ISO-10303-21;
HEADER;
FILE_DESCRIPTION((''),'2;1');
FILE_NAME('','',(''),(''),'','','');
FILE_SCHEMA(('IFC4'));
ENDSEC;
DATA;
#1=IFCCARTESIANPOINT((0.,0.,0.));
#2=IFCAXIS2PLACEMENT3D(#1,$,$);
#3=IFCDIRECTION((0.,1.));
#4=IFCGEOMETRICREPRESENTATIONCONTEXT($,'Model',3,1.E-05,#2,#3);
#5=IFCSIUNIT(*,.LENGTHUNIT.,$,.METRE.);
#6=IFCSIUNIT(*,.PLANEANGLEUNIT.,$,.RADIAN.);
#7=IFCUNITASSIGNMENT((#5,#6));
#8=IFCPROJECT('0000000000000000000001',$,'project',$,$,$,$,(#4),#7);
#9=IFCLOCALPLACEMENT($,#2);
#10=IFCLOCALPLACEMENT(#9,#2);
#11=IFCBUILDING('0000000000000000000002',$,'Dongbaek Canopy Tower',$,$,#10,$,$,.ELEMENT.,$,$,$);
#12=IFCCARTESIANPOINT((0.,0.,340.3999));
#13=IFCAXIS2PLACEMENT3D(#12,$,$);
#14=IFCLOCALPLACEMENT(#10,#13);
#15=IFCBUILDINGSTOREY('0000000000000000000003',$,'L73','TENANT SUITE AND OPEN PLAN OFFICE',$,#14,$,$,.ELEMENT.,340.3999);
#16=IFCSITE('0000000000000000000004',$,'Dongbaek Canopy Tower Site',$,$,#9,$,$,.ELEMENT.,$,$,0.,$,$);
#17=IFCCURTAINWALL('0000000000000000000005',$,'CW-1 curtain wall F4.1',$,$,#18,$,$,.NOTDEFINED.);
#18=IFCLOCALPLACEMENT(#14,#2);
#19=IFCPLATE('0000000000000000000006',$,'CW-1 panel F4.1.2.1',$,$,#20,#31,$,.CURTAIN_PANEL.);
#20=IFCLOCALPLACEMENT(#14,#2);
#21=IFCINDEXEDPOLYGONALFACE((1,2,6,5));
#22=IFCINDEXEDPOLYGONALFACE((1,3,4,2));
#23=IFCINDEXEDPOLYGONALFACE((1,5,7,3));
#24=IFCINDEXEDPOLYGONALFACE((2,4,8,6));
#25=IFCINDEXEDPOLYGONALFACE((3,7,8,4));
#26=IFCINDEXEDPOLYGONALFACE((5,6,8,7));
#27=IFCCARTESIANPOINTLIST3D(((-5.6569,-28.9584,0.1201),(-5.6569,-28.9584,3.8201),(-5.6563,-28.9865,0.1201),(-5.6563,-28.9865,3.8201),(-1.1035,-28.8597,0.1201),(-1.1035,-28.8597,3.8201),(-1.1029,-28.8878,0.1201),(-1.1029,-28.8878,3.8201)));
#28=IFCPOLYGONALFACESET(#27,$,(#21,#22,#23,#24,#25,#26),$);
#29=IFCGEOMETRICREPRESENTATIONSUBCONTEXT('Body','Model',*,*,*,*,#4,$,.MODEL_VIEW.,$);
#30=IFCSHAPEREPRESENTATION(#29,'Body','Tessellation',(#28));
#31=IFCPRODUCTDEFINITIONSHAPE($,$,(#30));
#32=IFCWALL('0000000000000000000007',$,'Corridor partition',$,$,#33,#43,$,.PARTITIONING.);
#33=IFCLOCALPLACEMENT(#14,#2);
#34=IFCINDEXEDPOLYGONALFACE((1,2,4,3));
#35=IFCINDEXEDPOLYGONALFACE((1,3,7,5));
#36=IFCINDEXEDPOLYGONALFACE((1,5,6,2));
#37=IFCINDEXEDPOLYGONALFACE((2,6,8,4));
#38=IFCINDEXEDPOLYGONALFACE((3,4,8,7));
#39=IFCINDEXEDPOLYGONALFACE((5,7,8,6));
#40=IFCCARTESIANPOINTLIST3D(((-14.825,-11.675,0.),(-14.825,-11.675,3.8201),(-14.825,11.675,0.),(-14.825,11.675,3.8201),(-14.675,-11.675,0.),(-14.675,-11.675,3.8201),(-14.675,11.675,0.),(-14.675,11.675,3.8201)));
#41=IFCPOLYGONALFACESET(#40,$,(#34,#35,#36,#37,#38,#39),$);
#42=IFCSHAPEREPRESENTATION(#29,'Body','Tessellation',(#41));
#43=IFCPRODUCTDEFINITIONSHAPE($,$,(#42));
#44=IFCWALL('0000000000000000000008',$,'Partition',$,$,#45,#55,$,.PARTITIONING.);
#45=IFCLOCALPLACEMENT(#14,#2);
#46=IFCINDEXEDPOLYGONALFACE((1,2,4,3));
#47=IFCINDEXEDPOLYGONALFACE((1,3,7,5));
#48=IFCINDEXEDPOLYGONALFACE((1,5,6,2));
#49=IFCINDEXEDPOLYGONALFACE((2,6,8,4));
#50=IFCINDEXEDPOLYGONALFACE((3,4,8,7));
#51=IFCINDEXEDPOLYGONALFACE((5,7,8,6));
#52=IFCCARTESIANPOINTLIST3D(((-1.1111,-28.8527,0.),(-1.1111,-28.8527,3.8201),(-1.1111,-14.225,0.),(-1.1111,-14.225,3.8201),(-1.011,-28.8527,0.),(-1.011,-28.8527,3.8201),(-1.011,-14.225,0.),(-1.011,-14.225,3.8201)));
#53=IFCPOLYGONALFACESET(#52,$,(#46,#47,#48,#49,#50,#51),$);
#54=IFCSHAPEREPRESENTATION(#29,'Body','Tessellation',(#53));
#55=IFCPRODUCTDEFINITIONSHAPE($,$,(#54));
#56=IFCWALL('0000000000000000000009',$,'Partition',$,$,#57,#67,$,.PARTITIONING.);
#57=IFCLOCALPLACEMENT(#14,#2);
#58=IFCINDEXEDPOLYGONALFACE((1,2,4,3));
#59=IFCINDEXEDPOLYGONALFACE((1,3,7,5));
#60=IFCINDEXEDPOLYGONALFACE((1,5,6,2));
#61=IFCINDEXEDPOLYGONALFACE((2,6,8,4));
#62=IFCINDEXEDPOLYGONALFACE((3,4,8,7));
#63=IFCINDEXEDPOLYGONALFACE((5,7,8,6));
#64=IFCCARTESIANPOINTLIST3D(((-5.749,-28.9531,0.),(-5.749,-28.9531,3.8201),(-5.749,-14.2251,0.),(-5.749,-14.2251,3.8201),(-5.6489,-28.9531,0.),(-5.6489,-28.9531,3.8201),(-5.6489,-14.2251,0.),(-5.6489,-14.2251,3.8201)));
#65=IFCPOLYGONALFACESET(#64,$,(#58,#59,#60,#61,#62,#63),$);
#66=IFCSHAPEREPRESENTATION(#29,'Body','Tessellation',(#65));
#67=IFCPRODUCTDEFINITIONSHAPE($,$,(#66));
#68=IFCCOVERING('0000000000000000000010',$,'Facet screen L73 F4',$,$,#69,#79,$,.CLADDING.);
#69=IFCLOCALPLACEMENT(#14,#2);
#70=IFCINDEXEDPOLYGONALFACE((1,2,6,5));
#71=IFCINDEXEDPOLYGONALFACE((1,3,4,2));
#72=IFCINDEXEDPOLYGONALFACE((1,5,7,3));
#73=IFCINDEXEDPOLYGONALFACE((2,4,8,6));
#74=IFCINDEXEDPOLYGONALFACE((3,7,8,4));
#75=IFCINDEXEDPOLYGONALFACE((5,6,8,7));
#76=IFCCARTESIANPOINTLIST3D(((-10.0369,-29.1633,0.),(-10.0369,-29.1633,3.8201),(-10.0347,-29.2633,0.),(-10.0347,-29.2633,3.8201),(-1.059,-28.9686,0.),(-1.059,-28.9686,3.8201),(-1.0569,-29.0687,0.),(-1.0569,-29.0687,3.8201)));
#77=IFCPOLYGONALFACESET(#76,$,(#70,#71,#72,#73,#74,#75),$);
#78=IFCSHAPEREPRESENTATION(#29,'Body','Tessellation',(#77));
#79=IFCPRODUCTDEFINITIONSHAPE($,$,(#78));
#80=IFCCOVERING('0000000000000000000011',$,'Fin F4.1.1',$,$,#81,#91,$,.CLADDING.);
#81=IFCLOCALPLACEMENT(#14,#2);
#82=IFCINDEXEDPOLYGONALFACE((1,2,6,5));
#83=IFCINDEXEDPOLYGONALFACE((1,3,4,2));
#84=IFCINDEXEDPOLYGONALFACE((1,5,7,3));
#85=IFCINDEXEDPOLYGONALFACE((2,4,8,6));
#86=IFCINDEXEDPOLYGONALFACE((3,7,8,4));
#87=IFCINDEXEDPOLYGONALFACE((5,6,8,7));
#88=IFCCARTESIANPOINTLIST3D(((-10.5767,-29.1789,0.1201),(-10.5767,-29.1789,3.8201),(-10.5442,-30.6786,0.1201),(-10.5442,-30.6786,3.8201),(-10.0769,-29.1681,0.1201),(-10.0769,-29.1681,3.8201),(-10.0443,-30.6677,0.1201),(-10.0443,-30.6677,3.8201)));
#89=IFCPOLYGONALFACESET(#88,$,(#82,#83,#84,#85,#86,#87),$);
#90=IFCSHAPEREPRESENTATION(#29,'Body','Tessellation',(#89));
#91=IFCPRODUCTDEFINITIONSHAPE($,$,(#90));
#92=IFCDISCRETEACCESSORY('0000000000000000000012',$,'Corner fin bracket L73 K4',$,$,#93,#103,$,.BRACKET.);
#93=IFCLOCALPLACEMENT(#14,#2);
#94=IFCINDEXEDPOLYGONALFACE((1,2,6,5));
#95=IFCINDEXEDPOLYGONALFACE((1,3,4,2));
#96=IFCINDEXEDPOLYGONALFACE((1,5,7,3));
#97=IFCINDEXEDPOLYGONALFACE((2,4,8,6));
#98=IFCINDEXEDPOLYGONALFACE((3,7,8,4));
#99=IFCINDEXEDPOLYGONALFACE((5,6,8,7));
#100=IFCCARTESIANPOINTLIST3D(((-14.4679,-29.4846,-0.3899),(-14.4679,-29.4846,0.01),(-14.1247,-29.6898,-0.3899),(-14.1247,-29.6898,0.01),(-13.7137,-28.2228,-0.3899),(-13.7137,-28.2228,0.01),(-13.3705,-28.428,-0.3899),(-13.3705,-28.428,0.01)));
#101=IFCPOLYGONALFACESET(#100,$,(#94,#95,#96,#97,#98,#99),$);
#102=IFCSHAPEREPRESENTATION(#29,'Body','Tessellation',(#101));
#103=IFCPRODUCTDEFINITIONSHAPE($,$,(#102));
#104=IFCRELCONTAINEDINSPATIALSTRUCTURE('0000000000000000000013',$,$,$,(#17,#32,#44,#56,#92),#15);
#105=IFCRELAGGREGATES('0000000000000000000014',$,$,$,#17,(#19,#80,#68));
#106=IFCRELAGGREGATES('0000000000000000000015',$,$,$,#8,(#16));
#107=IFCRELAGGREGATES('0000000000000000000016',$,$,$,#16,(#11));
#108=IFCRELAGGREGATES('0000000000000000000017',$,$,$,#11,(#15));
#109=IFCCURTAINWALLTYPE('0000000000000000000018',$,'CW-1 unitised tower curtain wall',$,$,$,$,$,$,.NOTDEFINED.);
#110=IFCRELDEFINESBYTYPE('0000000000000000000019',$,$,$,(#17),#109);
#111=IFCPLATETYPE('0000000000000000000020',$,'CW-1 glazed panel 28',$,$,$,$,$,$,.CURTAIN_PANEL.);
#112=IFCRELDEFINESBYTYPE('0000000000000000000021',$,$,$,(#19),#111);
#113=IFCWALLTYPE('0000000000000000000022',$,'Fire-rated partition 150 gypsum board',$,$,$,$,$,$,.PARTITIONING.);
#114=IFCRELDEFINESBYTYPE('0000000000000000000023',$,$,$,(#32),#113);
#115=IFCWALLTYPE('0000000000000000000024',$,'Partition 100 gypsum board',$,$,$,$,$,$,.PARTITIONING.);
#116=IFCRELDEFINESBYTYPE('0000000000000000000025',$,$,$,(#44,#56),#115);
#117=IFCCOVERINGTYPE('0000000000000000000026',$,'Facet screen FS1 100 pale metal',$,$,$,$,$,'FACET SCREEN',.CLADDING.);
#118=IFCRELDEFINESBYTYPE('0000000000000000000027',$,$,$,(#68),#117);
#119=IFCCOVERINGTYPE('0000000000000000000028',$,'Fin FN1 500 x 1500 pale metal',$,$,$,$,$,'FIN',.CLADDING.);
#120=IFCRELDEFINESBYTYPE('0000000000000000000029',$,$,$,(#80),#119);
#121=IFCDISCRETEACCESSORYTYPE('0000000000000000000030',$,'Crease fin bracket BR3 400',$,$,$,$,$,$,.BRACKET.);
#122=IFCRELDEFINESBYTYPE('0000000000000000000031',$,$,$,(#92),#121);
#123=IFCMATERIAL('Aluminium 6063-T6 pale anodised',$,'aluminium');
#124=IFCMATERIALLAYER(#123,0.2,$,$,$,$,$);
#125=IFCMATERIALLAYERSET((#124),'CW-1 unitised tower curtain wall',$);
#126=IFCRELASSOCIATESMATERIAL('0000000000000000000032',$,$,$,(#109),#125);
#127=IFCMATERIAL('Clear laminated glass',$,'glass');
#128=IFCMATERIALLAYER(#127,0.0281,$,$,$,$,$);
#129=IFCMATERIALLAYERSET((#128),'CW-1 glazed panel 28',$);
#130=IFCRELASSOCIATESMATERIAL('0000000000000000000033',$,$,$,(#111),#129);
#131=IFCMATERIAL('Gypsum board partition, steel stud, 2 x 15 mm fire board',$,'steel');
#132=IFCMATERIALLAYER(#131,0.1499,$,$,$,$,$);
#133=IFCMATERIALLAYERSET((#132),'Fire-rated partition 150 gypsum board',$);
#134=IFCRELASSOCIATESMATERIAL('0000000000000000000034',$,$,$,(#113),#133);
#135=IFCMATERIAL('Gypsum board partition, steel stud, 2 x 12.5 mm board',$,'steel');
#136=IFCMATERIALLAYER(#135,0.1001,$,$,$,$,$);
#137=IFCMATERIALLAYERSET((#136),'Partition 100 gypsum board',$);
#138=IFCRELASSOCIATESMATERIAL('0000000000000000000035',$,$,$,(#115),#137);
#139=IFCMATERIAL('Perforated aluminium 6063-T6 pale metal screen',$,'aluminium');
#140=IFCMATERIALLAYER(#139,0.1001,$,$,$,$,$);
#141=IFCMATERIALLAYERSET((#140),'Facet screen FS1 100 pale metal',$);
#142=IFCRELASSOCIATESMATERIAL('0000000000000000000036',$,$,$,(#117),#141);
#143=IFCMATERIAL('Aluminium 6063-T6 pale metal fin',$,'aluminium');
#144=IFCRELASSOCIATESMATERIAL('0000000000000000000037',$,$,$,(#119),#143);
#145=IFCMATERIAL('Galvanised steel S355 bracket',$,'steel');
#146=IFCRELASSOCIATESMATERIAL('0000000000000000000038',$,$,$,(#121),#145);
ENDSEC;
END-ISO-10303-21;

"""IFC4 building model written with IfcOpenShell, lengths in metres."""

from ifc_helpers import new_model, si_unit, direction, frame, frame_2d, origin, origin_2d, place, context, subcontext, project, spatial, rectangle, extrude, material, layer, layer_set, material_profile, profile_set, type_object, element, aggregate, save


model = new_model("IFC4")

# Units and contexts
model_context = context("Model", 3, precision=1e-05, world=origin(), true_north=direction((0.0, 1.0)))
body_context = subcontext(model_context, "Body", "Model", "MODEL_VIEW")
ifc_project = project(units=[si_unit("LENGTHUNIT", "METRE"), si_unit("PLANEANGLEUNIT", "RADIAN")], contexts=[model_context])

# Site, building, storey
site_placement = place(None, origin())
site = spatial("IfcSite", under=ifc_project, at=site_placement, Name="Dongbaek Canopy Tower Site", CompositionType="ELEMENT", RefElevation=0.0)
building_placement = place(site_placement, origin())
building = spatial("IfcBuilding", under=site, at=building_placement, Name="Dongbaek Canopy Tower", CompositionType="ELEMENT")
storey_placement = place(building_placement, frame((0.0, 0.0, 340.3999)))
storey = spatial("IfcBuildingStorey", under=building, at=storey_placement, Name="L73", Description="TENANT SUITE AND OPEN PLAN OFFICE", CompositionType="ELEMENT", Elevation=340.3999)

# Curtain wall
ifc_material_1 = material(Name="Aluminium 6063-T6 pale anodised", Category="aluminium")
ifc_layer_1 = layer(ifc_material_1, 0.2)
ifc_layer_set_1 = layer_set([ifc_layer_1], Name="CW-1 unitised tower curtain wall")
curtain_wall_type = type_object("IfcCurtainWallType", Name="CW-1 unitised tower curtain wall", PredefinedType="NOTDEFINED", material=ifc_layer_set_1)
curtain_wall_1_placement = place(storey_placement, origin())
curtain_wall_1 = element("IfcCurtainWall", 1, at=curtain_wall_1_placement, inside=storey, type_object=curtain_wall_type, Name="CW-1 curtain wall F4.1", PredefinedType="NOTDEFINED")

# Plate
ifc_material_2 = material(Name="Clear laminated glass", Category="glass")
ifc_layer_2 = layer(ifc_material_2, 0.0281)
ifc_layer_set_2 = layer_set([ifc_layer_2], Name="CW-1 glazed panel 28")
plate_type = type_object("IfcPlateType", Name="CW-1 glazed panel 28", PredefinedType="CURTAIN_PANEL", material=ifc_layer_set_2)
plate_1_placement = place(storey_placement, frame((-3.3799, -28.9231, 0.1201), z_axis=(0.0, 0.0, 1.0), x_axis=(0.999765, 0.021676, 0.0)))
plate_1 = element("IfcPlate", 2, at=plate_1_placement, type_object=plate_type, Name="CW-1 panel F4.1.2.1", PredefinedType="CURTAIN_PANEL", context=body_context, shape_type="SweptSolid", body=[
    extrude(rectangle(XDim=4.5544, YDim=0.0281, at=origin_2d()), origin(), (0.0, 0.0, 1.0), 3.7),
])

# Walls
ifc_material_3 = material(Name="Gypsum board partition, steel stud, 2 x 15 mm fire board", Category="steel")
ifc_layer_3 = layer(ifc_material_3, 0.1499)
ifc_layer_set_3 = layer_set([ifc_layer_3], Name="Fire-rated partition 150 gypsum board")
wall_type_1 = type_object("IfcWallType", Name="Fire-rated partition 150 gypsum board", PredefinedType="PARTITIONING", material=ifc_layer_set_3)
wall_1_placement = place(storey_placement, frame((-14.75, -11.675, 0.0), z_axis=(0.0, 0.0, 1.0), x_axis=(0.0, 1.0, 0.0)))
element("IfcWall", 3, at=wall_1_placement, inside=storey, type_object=wall_type_1, Name="Corridor partition", PredefinedType="PARTITIONING", context=body_context, shape_type="SweptSolid", body=[
    extrude(rectangle(XDim=23.3501, YDim=0.1499, at=frame_2d((11.675, 0.0))), origin(), (0.0, 0.0, 1.0), 3.8201),
])
ifc_material_4 = material(Name="Gypsum board partition, steel stud, 2 x 12.5 mm board", Category="steel")
ifc_layer_4 = layer(ifc_material_4, 0.1001)
ifc_layer_set_4 = layer_set([ifc_layer_4], Name="Partition 100 gypsum board")
wall_type_2 = type_object("IfcWallType", Name="Partition 100 gypsum board", PredefinedType="PARTITIONING", material=ifc_layer_set_4)
wall_2_placement = place(storey_placement, frame((-1.061, -28.8528, 0.0), z_axis=(0.0, 0.0, 1.0), x_axis=(0.0, 1.0, 0.0)))
element("IfcWall", 4, at=wall_2_placement, inside=storey, type_object=wall_type_2, Name="Partition", PredefinedType="PARTITIONING", context=body_context, shape_type="SweptSolid", body=[
    extrude(rectangle(XDim=14.6277, YDim=0.1001, at=frame_2d((7.314, 0.0))), origin(), (0.0, 0.0, 1.0), 3.8201),
])
wall_3_placement = place(storey_placement, frame((-5.699, -28.9531, 0.0), z_axis=(0.0, 0.0, 1.0), x_axis=(0.0, 1.0, 0.0)))
element("IfcWall", 5, at=wall_3_placement, inside=storey, type_object=wall_type_2, Name="Partition", PredefinedType="PARTITIONING", context=body_context, shape_type="SweptSolid", body=[
    extrude(rectangle(XDim=14.728, YDim=0.1001, at=frame_2d((7.364, 0.0))), origin(), (0.0, 0.0, 1.0), 3.8201),
])

# Coverings
ifc_material_5 = material(Name="Perforated aluminium 6063-T6 pale metal screen", Category="aluminium")
ifc_layer_5 = layer(ifc_material_5, 0.1001)
ifc_layer_set_5 = layer_set([ifc_layer_5], Name="Facet screen FS1 100 pale metal")
covering_type_1 = type_object("IfcCoveringType", Name="Facet screen FS1 100 pale metal", ElementType="FACET SCREEN", PredefinedType="CLADDING", material=ifc_layer_set_5)
covering_1_placement = place(storey_placement, frame((-5.5469, -29.116, 0.0), z_axis=(0.0, 0.0, 1.0), x_axis=(0.999765, 0.021675, 0.0)))
covering_1 = element("IfcCovering", 6, at=covering_1_placement, type_object=covering_type_1, Name="Facet screen L73 F4", PredefinedType="CLADDING", context=body_context, shape_type="SweptSolid", body=[
    extrude(rectangle(XDim=8.98, YDim=0.1001, at=origin_2d()), origin(), (0.0, 0.0, 1.0), 3.8201),
])
ifc_material_6 = material(Name="Aluminium 6063-T6 pale metal fin", Category="aluminium")
ifc_material_profile_1 = material_profile(ifc_material_6, rectangle(XDim=1.5, YDim=0.5, at=origin_2d()), Name="Fin FN1 500 x 1500 pale metal")
ifc_profile_set_1 = profile_set([ifc_material_profile_1], Name="Aluminium 6063-T6 pale metal fin")
covering_type_2 = type_object("IfcCoveringType", Name="Fin FN1 500 x 1500 pale metal", ElementType="FIN", PredefinedType="CLADDING", material=ifc_profile_set_1)
covering_2_placement = place(storey_placement, frame((-10.3105, -29.9233, 0.1201), z_axis=(0.0, 0.0, 1.0), x_axis=(0.021676, -0.999765, 0.0)))
covering_2 = element("IfcCovering", 7, at=covering_2_placement, type_object=covering_type_2, Name="Fin F4.1.1", PredefinedType="CLADDING", context=body_context, shape_type="SweptSolid", body=[
    extrude(rectangle(XDim=1.5, YDim=0.5, at=origin_2d()), origin(), (0.0, 0.0, 1.0), 3.7),
])
aggregate(curtain_wall_1, [plate_1, covering_2, covering_1])

# Discrete accessory
ifc_material_7 = material(Name="Galvanised steel S355 bracket", Category="steel")
discrete_accessory_type = type_object("IfcDiscreteAccessoryType", Name="Crease fin bracket BR3 400", PredefinedType="BRACKET", material=ifc_material_7)
discrete_accessory_placement = place(storey_placement, frame((-13.9192, -28.9563, -0.3899), z_axis=(0.0, 0.0, 1.0), x_axis=(-0.513063, -0.858351, 0.0)))
element("IfcDiscreteAccessory", 8, at=discrete_accessory_placement, inside=storey, type_object=discrete_accessory_type, Name="Corner fin bracket L73 K4", PredefinedType="BRACKET", context=body_context, shape_type="SweptSolid", body=[
    extrude(rectangle(XDim=1.47, YDim=0.3999, at=origin_2d()), origin(), (0.0, 0.0, 1.0), 0.3999),
])

save(model, "model.ifc")
